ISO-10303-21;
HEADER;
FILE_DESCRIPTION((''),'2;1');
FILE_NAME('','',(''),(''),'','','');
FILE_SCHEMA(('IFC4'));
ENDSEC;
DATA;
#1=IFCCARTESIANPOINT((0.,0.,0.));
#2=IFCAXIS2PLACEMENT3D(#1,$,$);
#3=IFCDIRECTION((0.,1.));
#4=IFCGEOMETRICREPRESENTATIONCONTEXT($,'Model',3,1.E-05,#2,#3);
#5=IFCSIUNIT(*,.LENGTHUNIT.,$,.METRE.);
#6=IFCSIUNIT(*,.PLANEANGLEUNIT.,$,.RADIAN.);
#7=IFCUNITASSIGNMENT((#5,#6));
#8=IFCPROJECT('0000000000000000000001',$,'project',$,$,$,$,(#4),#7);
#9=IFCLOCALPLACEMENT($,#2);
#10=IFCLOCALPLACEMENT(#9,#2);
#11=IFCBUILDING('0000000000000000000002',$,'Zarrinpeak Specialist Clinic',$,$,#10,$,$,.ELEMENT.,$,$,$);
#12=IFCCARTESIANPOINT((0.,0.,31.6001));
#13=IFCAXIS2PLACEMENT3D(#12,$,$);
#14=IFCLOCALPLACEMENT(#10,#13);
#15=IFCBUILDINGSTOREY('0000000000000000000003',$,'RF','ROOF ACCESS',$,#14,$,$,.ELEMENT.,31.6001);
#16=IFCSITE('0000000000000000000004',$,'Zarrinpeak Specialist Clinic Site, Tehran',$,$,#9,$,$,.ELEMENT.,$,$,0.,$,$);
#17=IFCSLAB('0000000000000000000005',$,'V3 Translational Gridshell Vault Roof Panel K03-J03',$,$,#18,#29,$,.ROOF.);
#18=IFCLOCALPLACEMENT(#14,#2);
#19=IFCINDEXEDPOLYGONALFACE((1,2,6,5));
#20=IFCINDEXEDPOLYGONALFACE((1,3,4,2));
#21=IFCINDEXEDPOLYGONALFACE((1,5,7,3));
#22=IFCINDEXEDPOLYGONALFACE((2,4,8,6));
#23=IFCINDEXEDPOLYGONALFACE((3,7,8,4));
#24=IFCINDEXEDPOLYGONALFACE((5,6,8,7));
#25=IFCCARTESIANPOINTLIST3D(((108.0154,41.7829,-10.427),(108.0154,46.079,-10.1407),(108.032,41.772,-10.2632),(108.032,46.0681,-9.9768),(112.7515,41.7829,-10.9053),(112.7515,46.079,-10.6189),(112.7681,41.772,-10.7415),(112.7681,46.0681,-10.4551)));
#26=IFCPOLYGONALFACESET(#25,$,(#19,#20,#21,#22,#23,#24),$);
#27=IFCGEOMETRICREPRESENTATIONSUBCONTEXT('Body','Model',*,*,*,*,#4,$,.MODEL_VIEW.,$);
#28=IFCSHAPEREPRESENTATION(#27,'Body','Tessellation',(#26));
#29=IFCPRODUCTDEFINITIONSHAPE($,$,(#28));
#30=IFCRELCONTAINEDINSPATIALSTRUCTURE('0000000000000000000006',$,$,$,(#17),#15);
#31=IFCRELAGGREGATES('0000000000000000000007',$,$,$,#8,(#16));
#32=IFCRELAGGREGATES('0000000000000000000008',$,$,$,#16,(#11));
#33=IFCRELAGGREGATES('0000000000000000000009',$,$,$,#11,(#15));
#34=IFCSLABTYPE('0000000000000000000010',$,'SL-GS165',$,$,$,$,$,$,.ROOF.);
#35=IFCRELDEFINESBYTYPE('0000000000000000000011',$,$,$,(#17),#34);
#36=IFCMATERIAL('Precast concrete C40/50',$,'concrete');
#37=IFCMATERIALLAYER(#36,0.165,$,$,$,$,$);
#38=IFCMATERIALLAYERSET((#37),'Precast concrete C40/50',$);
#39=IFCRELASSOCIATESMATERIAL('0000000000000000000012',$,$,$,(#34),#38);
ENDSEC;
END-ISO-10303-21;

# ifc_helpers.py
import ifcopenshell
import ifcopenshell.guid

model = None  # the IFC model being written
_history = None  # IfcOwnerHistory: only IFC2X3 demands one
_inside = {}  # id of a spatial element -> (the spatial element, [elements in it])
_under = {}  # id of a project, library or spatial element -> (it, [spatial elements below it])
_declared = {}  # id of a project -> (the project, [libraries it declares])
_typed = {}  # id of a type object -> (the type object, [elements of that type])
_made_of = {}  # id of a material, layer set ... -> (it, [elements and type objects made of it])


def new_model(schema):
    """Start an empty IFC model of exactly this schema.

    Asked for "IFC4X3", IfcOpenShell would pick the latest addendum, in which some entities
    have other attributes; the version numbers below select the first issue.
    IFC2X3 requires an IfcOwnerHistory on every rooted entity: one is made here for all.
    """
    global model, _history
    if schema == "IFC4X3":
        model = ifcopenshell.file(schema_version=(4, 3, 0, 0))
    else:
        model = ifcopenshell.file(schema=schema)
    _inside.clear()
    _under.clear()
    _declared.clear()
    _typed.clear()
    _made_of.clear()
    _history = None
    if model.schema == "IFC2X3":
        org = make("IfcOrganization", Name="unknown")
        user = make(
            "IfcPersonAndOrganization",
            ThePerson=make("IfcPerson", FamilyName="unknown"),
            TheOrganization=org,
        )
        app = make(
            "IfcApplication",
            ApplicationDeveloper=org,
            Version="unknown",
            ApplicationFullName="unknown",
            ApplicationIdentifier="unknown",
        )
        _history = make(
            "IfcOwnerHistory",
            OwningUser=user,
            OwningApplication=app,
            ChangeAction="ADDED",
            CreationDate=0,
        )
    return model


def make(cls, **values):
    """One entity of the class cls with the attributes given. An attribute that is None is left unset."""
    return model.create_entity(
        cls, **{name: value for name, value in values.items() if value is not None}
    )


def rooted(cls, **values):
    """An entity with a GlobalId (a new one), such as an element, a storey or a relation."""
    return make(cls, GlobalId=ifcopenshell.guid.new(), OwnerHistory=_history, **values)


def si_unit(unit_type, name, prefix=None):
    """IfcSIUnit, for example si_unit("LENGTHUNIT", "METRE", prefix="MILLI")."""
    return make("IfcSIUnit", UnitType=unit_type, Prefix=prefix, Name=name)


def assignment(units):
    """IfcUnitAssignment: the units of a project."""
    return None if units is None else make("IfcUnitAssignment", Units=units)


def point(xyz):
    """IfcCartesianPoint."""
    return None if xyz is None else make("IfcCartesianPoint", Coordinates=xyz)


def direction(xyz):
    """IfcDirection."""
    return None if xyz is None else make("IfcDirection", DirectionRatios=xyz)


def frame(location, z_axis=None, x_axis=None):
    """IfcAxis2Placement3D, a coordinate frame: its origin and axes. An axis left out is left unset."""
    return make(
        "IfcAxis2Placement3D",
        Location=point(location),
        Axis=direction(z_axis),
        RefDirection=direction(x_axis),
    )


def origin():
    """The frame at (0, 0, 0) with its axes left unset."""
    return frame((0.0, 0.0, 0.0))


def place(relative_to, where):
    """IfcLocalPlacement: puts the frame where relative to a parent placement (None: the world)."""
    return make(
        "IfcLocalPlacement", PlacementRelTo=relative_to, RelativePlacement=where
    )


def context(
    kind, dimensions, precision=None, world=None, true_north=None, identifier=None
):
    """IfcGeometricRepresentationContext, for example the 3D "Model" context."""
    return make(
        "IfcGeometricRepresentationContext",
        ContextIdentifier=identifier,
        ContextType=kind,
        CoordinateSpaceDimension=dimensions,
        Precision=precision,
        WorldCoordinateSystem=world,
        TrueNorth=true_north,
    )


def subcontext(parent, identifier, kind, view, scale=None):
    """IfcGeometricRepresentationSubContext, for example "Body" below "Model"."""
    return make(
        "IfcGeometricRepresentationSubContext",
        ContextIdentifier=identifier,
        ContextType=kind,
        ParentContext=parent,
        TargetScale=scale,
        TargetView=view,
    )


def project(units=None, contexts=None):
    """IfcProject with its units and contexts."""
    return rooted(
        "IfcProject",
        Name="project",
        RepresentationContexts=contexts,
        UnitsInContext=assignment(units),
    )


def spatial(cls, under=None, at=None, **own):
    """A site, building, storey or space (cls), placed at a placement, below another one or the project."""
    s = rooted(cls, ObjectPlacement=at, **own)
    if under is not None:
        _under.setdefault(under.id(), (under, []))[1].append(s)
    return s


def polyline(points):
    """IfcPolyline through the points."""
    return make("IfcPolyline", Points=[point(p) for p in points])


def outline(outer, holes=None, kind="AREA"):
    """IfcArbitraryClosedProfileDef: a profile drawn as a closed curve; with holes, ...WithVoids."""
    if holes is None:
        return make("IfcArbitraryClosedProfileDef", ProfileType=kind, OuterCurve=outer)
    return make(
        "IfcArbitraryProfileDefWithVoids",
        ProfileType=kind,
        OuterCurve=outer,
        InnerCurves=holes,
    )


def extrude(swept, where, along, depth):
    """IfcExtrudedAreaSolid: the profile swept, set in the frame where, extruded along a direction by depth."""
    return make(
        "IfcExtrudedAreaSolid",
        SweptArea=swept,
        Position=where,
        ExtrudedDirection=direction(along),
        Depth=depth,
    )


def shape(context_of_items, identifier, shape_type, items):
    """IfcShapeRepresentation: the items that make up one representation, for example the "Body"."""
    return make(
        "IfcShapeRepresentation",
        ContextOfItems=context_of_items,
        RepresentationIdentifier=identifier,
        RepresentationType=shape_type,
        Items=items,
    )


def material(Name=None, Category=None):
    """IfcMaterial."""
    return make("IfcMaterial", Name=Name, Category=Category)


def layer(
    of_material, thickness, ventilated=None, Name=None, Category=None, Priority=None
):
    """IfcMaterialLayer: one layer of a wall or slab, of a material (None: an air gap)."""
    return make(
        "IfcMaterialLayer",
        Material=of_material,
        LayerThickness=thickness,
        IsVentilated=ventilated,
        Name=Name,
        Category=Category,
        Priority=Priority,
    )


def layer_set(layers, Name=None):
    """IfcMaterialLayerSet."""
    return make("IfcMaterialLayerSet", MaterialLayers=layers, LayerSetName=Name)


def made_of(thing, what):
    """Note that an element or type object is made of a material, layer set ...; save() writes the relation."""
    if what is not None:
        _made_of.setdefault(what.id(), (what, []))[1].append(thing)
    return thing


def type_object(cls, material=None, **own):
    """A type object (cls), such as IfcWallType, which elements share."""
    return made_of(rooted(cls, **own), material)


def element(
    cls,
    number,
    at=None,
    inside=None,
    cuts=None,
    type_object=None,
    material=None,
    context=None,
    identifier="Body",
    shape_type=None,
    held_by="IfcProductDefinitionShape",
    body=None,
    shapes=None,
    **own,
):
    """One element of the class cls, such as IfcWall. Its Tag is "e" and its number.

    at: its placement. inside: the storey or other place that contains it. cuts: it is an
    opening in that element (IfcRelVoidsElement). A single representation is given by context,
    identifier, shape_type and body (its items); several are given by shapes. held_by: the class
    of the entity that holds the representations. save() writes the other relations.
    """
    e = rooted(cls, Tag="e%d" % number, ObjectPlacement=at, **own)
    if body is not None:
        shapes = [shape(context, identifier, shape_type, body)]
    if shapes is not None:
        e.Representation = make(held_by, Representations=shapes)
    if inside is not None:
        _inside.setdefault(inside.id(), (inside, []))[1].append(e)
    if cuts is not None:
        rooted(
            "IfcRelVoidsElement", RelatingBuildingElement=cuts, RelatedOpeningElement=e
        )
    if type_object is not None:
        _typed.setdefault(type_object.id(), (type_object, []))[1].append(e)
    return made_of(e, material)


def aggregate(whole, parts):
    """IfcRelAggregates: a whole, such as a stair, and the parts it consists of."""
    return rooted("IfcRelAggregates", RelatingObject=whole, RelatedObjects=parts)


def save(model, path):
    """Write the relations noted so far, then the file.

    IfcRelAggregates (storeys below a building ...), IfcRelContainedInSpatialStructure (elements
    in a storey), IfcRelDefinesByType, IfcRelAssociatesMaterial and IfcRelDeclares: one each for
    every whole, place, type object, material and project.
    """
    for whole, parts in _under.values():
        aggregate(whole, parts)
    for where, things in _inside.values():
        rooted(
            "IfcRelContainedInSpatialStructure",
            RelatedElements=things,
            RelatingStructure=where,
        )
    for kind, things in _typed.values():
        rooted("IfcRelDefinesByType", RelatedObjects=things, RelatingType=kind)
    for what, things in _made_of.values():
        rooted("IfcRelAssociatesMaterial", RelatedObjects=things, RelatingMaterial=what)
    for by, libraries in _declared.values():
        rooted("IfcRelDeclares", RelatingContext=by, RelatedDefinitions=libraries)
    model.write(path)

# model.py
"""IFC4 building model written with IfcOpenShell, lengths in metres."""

from ifc_helpers import new_model, si_unit, direction, frame, origin, place, context, subcontext, project, spatial, polyline, outline, extrude, material, layer, layer_set, type_object, element, save


model = new_model("IFC4")

# Units and contexts
model_context = context("Model", 3, precision=1e-05, world=origin(), true_north=direction((0.0, 1.0)))
body_context = subcontext(model_context, "Body", "Model", "MODEL_VIEW")
ifc_project = project(units=[si_unit("LENGTHUNIT", "METRE"), si_unit("PLANEANGLEUNIT", "RADIAN")], contexts=[model_context])

# Site, building, storey
site_placement = place(None, origin())
site = spatial("IfcSite", under=ifc_project, at=site_placement, Name="Zarrinpeak Specialist Clinic Site, Tehran", CompositionType="ELEMENT", RefElevation=0.0)
building_placement = place(site_placement, origin())
building = spatial("IfcBuilding", under=site, at=building_placement, Name="Zarrinpeak Specialist Clinic", CompositionType="ELEMENT")
storey_placement = place(building_placement, frame((0.0, 0.0, 31.6001)))
storey = spatial("IfcBuildingStorey", under=building, at=storey_placement, Name="RF", Description="ROOF ACCESS", CompositionType="ELEMENT", Elevation=31.6001)

# Shared definitions
ifc_material_1 = material(Name="Precast concrete C40/50", Category="concrete")
ifc_layer_1 = layer(ifc_material_1, 0.165)
ifc_layer_set_1 = layer_set([ifc_layer_1], Name="Precast concrete C40/50")
slab_type = type_object("IfcSlabType", Name="SL-GS165", PredefinedType="ROOF", material=ifc_layer_set_1)

# Slab
slab_1_placement = place(storey_placement, frame((108.032, 41.772, -10.2632), z_axis=(0.100253, -0.066176, 0.992759), x_axis=(0.99494, 0.0, -0.100474)))
element("IfcSlab", 1, at=slab_1_placement, inside=storey, type_object=slab_type, Name="V3 Translational Gridshell Vault Roof Panel K03-J03", PredefinedType="ROOF", context=body_context, shape_type="SweptSolid", body=[
    extrude(outline(polyline([(0.0, 0.0), (4.7602, 0.0), (4.7314, 4.3056), (-0.0288, 4.3056), (0.0, 0.0)])), origin(), (0.0, 0.0, -1.0), 0.165),
])

save(model, "model.ifc")
